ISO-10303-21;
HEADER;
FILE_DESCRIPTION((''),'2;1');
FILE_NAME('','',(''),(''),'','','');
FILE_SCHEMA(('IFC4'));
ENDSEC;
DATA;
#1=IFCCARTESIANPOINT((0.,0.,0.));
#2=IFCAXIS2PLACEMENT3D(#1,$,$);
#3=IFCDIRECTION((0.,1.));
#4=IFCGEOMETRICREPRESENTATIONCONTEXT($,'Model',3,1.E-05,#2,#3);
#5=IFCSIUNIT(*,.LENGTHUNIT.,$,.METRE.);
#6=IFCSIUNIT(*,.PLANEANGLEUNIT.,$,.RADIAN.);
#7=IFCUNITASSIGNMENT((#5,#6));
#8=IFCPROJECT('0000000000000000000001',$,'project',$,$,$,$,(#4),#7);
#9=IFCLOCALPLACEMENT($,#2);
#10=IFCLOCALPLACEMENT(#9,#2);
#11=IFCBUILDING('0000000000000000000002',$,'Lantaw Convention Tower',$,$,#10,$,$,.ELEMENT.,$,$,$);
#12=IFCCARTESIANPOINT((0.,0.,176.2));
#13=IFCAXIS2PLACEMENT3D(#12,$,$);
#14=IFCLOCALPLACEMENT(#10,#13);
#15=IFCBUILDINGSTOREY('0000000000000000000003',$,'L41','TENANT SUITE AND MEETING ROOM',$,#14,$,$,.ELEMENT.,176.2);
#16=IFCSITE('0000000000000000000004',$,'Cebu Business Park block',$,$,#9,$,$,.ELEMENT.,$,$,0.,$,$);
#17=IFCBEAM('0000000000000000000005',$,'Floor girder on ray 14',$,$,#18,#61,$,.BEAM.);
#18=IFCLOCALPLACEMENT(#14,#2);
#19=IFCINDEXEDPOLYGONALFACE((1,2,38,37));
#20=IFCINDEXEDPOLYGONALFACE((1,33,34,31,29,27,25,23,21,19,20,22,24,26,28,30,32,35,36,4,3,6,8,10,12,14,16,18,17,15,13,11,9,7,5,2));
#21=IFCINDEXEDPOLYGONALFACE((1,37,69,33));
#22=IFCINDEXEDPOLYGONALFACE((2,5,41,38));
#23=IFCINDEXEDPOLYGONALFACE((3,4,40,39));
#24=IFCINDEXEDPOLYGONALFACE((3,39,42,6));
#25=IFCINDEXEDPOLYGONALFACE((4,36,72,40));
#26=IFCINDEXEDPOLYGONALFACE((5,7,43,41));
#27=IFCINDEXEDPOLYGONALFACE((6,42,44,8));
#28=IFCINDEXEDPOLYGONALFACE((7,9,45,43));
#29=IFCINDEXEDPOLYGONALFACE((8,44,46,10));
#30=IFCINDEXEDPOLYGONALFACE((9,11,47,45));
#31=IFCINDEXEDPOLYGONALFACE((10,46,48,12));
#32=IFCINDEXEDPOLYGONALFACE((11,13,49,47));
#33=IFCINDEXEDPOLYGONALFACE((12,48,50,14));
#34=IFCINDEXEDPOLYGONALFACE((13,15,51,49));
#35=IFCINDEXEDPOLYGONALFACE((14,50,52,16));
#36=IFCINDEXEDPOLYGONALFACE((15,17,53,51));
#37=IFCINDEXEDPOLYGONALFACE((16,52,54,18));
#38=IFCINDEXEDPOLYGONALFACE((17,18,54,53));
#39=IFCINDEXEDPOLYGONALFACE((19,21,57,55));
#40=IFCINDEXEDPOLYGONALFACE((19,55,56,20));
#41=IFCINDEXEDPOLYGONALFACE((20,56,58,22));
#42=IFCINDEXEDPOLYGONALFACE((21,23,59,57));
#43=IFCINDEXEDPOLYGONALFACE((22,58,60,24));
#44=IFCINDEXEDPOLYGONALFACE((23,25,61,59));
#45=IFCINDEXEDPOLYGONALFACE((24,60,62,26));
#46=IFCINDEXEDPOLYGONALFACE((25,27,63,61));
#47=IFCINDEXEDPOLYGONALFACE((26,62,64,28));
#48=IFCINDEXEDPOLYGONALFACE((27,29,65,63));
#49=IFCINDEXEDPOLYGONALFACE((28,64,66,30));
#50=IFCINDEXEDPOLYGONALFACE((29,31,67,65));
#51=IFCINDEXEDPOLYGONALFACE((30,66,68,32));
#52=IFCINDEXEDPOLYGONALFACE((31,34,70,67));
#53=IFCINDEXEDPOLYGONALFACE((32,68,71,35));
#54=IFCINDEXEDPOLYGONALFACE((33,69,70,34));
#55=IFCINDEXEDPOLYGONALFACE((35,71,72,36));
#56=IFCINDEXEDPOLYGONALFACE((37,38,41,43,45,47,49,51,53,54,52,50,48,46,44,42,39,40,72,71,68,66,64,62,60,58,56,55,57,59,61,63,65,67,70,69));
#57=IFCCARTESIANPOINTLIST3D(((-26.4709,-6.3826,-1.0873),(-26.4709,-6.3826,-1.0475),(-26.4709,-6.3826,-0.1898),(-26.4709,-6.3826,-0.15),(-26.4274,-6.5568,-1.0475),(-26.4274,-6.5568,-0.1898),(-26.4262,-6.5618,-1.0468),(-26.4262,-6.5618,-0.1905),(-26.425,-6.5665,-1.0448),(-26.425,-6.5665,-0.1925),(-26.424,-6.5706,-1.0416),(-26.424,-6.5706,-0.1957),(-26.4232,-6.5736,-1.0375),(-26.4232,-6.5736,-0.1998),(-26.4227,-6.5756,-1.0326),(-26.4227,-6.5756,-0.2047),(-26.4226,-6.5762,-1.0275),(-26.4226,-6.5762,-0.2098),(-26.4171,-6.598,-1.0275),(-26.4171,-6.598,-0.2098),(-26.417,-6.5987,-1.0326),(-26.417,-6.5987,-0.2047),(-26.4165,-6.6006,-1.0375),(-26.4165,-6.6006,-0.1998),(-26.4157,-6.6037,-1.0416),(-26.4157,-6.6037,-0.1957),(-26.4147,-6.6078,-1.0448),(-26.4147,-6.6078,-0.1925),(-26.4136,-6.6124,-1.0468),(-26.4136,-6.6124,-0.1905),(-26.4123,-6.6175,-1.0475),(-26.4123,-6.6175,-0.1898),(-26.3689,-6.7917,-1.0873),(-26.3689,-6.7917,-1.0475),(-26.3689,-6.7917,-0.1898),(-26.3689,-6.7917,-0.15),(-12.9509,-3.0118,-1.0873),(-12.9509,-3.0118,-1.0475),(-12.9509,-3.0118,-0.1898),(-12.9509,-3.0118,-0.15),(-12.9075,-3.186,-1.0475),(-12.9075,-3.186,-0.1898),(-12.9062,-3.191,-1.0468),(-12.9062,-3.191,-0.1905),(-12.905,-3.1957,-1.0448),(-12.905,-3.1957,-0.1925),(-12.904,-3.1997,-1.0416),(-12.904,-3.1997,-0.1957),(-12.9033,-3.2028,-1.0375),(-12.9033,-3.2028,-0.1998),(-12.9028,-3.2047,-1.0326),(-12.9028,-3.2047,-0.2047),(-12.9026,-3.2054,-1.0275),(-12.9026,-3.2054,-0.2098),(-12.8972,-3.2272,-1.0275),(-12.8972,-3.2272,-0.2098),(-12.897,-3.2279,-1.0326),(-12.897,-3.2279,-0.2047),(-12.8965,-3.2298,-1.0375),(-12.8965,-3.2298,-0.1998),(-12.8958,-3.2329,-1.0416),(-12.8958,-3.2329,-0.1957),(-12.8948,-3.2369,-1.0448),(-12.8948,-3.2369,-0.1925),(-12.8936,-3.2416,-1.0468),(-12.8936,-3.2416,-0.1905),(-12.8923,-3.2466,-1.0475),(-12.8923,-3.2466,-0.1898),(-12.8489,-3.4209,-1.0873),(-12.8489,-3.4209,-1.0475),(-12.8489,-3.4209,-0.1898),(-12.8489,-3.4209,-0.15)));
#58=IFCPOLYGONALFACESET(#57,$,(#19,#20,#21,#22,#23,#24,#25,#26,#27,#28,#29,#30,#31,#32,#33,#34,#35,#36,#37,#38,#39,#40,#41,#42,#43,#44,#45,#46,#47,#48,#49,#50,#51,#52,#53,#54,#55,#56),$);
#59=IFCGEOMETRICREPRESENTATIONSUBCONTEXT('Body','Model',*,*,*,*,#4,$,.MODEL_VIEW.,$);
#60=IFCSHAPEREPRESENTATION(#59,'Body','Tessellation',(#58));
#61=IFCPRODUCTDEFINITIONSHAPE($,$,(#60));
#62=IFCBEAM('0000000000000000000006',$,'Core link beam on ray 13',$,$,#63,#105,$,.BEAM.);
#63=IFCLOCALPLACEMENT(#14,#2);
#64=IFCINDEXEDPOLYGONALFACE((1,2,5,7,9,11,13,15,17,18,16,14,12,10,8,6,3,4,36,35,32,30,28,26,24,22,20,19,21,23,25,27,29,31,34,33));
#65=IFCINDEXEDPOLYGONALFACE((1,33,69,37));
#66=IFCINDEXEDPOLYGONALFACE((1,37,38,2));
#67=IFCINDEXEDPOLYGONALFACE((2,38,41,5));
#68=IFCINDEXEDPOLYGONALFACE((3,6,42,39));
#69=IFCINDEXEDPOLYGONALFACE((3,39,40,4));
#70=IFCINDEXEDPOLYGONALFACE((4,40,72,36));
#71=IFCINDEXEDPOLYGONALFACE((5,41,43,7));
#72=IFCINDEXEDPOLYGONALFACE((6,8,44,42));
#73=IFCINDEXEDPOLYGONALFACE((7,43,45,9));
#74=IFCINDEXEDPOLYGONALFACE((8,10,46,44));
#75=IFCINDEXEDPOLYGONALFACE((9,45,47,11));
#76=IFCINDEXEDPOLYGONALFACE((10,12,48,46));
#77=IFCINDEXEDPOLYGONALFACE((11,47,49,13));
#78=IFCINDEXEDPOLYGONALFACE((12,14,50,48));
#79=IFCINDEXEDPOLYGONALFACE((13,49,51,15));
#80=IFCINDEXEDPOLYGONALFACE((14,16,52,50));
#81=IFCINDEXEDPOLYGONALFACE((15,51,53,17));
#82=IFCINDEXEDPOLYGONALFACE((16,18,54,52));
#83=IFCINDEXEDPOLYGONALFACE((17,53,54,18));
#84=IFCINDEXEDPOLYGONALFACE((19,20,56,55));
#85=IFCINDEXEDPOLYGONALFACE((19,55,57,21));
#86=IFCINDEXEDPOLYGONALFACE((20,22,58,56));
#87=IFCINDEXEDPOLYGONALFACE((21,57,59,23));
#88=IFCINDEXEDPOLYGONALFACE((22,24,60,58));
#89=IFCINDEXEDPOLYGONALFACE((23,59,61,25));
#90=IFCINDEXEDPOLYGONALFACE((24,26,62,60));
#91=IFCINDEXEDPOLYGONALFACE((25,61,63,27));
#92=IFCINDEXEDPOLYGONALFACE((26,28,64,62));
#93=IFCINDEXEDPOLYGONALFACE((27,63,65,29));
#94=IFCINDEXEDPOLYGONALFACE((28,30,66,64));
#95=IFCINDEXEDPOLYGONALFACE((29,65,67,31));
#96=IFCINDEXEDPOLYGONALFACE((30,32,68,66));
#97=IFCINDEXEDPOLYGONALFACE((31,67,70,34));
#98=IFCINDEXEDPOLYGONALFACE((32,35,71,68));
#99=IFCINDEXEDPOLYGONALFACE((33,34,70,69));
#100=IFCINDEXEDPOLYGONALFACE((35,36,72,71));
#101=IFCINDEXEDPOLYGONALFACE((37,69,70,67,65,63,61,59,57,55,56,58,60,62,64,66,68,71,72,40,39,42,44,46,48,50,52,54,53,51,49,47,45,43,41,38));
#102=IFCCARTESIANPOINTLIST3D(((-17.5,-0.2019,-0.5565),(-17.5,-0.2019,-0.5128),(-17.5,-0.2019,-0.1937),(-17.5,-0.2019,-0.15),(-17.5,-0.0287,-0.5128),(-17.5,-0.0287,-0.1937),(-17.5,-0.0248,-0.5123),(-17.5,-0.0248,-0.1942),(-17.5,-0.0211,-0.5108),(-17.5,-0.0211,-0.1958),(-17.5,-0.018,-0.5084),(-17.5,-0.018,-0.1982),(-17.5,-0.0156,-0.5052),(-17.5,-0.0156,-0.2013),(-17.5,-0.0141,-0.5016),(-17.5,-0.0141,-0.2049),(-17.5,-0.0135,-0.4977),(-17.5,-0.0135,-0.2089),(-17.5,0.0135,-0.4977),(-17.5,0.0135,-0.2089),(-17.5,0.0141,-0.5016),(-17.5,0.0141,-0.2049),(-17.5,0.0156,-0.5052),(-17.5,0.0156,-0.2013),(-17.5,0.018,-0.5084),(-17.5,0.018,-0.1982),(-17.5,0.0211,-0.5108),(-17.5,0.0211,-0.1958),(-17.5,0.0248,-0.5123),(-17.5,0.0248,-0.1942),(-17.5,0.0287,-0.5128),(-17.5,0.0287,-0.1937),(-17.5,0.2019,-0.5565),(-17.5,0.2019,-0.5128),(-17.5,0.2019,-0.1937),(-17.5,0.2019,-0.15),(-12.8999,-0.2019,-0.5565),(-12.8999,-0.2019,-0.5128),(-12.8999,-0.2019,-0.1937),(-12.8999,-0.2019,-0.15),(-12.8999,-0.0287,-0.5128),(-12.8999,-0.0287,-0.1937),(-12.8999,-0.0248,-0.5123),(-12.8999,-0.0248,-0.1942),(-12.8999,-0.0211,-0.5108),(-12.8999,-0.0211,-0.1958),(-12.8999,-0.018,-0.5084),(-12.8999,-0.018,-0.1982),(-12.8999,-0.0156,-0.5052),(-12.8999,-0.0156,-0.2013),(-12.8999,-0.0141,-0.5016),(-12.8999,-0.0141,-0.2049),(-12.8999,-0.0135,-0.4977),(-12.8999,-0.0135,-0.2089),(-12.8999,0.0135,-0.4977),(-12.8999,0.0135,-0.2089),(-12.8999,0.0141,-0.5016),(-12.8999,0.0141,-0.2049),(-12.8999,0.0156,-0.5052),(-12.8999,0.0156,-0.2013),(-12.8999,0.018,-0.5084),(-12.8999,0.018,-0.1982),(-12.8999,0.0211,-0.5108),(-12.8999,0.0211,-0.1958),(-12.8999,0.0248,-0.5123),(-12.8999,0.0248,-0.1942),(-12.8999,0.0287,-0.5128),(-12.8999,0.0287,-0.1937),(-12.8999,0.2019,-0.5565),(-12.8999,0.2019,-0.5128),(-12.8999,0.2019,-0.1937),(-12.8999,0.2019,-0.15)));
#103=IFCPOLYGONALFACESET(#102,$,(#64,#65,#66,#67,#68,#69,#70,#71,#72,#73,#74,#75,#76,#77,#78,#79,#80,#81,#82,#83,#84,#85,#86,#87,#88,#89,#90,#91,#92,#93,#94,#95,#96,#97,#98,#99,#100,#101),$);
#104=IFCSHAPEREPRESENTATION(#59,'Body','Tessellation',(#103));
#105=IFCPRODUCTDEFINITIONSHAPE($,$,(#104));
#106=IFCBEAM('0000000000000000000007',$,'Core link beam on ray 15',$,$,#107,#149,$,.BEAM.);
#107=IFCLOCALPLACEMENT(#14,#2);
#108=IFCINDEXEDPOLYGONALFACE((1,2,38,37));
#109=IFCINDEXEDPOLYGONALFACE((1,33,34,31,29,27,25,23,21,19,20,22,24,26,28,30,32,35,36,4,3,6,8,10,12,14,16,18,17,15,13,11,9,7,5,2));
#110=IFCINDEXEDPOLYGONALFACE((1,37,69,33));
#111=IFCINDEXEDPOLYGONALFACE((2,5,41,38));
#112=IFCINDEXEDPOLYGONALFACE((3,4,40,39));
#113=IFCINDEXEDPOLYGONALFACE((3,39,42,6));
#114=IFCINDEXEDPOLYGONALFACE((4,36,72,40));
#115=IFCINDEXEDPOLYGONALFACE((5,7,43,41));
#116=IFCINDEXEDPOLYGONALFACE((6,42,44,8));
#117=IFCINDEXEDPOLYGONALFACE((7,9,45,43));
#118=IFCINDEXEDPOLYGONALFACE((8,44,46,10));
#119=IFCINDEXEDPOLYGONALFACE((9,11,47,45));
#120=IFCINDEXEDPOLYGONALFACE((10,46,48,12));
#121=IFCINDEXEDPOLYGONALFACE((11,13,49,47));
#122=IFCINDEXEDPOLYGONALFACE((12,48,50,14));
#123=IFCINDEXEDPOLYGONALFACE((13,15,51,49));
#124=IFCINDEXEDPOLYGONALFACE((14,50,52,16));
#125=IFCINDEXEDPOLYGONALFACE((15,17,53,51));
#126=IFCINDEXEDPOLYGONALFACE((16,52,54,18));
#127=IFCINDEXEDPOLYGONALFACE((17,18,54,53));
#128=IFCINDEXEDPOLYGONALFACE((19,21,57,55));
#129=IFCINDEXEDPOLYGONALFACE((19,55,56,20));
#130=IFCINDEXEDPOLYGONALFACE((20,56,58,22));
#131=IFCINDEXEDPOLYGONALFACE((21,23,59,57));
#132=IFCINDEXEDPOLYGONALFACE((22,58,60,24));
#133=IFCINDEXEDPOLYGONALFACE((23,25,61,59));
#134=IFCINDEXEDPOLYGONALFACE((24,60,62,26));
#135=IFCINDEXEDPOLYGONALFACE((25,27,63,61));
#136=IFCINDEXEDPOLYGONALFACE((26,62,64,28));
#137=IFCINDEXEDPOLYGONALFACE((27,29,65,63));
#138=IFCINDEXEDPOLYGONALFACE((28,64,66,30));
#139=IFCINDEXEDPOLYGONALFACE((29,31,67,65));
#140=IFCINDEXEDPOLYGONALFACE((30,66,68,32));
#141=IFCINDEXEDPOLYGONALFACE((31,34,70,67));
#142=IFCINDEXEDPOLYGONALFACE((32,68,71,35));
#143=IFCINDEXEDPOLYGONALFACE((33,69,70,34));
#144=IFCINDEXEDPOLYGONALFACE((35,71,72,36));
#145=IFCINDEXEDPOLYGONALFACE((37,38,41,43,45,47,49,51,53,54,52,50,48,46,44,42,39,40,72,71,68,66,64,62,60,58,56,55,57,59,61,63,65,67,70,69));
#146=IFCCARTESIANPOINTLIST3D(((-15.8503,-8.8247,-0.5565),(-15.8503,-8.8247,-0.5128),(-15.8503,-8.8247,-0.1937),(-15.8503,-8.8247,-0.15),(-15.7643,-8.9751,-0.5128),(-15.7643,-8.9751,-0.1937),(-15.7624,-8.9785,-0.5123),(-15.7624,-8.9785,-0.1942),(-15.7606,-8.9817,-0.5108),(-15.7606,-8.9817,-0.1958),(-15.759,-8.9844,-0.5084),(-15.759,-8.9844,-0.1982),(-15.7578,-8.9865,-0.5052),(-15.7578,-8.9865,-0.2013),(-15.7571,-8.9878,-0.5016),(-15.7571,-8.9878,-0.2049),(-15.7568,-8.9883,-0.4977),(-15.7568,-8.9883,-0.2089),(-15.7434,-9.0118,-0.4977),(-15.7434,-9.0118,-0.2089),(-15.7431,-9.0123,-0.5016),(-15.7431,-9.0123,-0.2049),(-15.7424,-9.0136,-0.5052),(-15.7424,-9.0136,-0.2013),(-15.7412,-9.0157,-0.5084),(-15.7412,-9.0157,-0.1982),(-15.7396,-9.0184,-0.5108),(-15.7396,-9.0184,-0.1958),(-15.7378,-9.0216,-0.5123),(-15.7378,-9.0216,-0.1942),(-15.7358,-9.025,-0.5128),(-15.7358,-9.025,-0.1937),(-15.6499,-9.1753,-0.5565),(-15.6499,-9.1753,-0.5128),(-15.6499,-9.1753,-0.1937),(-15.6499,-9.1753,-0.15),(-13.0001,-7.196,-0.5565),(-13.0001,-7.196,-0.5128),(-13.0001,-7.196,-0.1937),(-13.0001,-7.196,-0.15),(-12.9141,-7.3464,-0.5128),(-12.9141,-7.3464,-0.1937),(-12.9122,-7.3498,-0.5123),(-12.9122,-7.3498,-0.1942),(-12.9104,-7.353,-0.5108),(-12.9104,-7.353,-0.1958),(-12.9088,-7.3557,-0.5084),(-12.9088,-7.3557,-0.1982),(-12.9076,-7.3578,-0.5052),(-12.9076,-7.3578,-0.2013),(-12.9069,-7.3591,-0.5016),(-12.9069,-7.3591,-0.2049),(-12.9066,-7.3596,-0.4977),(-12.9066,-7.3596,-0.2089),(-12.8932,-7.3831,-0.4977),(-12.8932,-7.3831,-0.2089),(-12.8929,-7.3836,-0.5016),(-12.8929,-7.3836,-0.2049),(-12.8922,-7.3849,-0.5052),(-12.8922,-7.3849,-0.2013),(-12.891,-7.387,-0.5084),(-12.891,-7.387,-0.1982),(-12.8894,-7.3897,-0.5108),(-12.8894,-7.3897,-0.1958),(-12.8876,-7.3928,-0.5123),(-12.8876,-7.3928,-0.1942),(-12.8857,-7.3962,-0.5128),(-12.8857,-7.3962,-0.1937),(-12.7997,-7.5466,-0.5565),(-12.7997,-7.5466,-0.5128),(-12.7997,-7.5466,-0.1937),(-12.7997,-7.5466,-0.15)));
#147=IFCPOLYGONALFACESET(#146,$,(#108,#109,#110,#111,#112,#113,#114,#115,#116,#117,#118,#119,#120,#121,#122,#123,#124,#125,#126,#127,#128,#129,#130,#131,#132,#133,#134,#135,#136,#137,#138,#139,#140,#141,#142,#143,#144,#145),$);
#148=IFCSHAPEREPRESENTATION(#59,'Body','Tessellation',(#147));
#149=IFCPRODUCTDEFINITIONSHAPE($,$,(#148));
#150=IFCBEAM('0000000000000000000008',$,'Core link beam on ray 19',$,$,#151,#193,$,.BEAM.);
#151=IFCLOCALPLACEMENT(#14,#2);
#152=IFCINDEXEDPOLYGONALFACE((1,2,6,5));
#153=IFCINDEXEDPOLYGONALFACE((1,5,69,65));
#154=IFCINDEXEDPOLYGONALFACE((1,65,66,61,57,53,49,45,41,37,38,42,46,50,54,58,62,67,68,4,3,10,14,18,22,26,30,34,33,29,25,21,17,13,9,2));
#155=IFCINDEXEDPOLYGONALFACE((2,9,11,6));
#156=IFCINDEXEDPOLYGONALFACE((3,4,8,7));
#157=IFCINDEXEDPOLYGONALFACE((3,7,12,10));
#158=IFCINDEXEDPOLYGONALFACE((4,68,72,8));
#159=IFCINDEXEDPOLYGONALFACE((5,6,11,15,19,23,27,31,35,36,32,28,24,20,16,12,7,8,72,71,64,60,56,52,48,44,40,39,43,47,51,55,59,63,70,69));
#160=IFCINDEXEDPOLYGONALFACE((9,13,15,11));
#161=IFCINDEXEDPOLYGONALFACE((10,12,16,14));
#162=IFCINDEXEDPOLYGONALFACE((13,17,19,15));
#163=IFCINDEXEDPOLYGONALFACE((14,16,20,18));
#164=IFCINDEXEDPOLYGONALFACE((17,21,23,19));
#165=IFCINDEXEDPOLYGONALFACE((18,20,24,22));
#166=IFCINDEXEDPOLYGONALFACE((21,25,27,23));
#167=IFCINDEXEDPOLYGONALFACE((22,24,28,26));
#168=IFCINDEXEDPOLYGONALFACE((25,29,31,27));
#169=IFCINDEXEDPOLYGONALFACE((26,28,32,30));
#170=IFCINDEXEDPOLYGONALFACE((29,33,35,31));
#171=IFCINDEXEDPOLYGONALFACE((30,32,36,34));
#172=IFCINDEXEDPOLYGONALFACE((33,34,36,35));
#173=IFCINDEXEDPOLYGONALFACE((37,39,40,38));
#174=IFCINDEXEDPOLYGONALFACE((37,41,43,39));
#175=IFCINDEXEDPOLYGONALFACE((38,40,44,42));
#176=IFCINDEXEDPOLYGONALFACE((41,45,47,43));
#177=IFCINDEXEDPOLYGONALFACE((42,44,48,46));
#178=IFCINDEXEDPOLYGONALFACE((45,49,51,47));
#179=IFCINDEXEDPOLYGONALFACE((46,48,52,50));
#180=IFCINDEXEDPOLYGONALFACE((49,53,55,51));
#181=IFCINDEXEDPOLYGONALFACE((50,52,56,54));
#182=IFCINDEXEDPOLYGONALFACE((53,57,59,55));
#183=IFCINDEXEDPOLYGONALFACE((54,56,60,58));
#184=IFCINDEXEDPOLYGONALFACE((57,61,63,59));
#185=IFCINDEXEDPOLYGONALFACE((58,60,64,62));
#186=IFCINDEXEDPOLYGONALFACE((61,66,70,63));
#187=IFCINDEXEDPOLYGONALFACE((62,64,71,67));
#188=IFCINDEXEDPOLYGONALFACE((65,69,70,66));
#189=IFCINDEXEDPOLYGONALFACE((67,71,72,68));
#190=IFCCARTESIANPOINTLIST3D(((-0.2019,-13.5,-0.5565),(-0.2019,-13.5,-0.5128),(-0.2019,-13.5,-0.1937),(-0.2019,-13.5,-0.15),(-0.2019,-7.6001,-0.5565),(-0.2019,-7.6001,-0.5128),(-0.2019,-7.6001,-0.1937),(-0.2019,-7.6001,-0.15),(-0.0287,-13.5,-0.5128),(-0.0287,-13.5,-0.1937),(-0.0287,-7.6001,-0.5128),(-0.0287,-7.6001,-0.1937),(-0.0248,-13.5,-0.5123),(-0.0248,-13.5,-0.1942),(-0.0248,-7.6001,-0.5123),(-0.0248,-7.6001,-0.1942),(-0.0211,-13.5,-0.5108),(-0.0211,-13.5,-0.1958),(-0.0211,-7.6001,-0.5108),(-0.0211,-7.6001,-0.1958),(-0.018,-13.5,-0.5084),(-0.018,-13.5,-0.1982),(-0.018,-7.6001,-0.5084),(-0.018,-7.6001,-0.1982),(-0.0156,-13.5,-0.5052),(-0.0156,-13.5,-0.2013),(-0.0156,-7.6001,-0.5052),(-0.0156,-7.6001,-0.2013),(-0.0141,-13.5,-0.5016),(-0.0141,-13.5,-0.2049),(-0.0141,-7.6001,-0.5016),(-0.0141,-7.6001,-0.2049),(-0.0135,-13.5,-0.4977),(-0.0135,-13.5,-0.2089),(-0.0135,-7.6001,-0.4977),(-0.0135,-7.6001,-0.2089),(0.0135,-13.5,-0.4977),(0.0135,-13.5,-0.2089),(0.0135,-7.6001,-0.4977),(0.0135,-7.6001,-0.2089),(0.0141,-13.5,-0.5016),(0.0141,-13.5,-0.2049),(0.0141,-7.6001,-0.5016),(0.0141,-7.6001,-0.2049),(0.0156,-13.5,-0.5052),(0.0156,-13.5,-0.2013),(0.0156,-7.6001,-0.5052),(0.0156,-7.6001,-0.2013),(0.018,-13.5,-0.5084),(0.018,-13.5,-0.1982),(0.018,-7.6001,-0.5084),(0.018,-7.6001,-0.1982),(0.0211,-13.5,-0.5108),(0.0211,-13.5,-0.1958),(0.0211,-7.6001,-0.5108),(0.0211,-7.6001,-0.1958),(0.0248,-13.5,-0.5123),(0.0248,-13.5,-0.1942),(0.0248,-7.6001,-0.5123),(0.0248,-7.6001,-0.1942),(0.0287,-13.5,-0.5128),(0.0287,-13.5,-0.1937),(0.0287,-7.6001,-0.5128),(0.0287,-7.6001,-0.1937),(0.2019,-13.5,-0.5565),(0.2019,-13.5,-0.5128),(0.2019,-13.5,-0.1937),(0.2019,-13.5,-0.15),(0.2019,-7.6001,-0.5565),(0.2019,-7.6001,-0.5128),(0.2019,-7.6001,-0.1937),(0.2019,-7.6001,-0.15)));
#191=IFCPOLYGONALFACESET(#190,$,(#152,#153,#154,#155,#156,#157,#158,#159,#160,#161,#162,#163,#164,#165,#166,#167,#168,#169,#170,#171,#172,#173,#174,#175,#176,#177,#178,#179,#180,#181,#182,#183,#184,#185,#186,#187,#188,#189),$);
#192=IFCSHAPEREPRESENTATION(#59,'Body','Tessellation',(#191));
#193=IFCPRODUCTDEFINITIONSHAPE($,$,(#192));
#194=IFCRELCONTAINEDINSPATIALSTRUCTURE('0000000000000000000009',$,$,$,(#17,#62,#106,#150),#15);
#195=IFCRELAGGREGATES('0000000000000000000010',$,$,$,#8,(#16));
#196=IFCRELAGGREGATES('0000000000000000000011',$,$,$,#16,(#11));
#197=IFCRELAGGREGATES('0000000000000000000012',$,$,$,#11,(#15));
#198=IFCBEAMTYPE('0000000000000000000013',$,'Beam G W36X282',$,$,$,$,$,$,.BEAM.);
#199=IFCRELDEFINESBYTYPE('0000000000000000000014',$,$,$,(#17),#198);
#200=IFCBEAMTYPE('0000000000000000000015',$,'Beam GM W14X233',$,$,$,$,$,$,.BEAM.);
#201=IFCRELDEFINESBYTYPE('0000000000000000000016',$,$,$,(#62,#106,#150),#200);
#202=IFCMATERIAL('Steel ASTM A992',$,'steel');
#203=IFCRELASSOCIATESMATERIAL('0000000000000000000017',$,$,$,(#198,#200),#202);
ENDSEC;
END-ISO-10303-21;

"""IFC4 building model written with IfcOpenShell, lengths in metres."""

from ifc_helpers import new_model, si_unit, direction, frame, origin, origin_2d, place, context, subcontext, project, spatial, i_section, extrude, material, material_profile, profile_set, type_object, element, save


model = new_model("IFC4")

# Units and contexts
model_context = context("Model", 3, precision=1e-05, world=origin(), true_north=direction((0.0, 1.0)))
body_context = subcontext(model_context, "Body", "Model", "MODEL_VIEW")
ifc_project = project(units=[si_unit("LENGTHUNIT", "METRE"), si_unit("PLANEANGLEUNIT", "RADIAN")], contexts=[model_context])

# Site, building, storey
site_placement = place(None, origin())
site = spatial("IfcSite", under=ifc_project, at=site_placement, Name="Cebu Business Park block", CompositionType="ELEMENT", RefElevation=0.0)
building_placement = place(site_placement, origin())
building = spatial("IfcBuilding", under=site, at=building_placement, Name="Lantaw Convention Tower", CompositionType="ELEMENT")
storey_placement = place(building_placement, frame((0.0, 0.0, 176.2)))
storey = spatial("IfcBuildingStorey", under=building, at=storey_placement, Name="L41", Description="TENANT SUITE AND MEETING ROOM", CompositionType="ELEMENT", Elevation=176.2)

# Beams
ifc_material_1 = material(Name="Steel ASTM A992", Category="steel")
ifc_material_profile_1 = material_profile(ifc_material_1, i_section(OverallWidth=0.4216, OverallDepth=0.9373, WebThickness=0.0225, FlangeThickness=0.0398, FilletRadius=0.02, at=origin_2d()), Name="W36X282")
ifc_profile_set_1 = profile_set([ifc_material_profile_1], Name="Steel ASTM A992")
beam_type_1 = type_object("IfcBeamType", Name="Beam G W36X282", PredefinedType="BEAM", material=ifc_profile_set_1)
beam_1_placement = place(storey_placement, frame((-12.8999, -3.2163, -0.6187), z_axis=(-0.970297, -0.241917, 0.0), x_axis=(0.241917, -0.970297, 0.0)))
element("IfcBeam", 1, at=beam_1_placement, inside=storey, type_object=beam_type_1, Name="Floor girder on ray 14", PredefinedType="BEAM", context=body_context, shape_type="SweptSolid", body=[
    extrude(i_section(OverallWidth=0.4216, OverallDepth=0.9373, WebThickness=0.0225, FlangeThickness=0.0398, FilletRadius=0.02, at=origin_2d()), origin(), (0.0, 0.0, 1.0), 13.9338),
])
ifc_material_profile_2 = material_profile(ifc_material_1, i_section(OverallWidth=0.4038, OverallDepth=0.4065, WebThickness=0.0271, FlangeThickness=0.0437, FilletRadius=0.0151, at=origin_2d()), Name="W14X233")
ifc_profile_set_2 = profile_set([ifc_material_profile_2], Name="Steel ASTM A992")
beam_type_2 = type_object("IfcBeamType", Name="Beam GM W14X233", PredefinedType="BEAM", material=ifc_profile_set_2)
beam_2_placement = place(storey_placement, frame((-12.8999, 0.0, -0.3533), z_axis=(-1.0, 0.0, 0.0), x_axis=(0.0, -1.0, 0.0)))
element("IfcBeam", 2, at=beam_2_placement, inside=storey, type_object=beam_type_2, Name="Core link beam on ray 13", PredefinedType="BEAM", context=body_context, shape_type="SweptSolid", body=[
    extrude(i_section(OverallWidth=0.4038, OverallDepth=0.4065, WebThickness=0.0271, FlangeThickness=0.0437, FilletRadius=0.0151, at=origin_2d()), origin(), (0.0, 0.0, 1.0), 4.6001),
])
beam_3_placement = place(storey_placement, frame((-12.8999, -7.3713, -0.3533), z_axis=(-0.868239, -0.496147, 0.0), x_axis=(0.496147, -0.868239, 0.0)))
element("IfcBeam", 3, at=beam_3_placement, inside=storey, type_object=beam_type_2, Name="Core link beam on ray 15", PredefinedType="BEAM", context=body_context, shape_type="SweptSolid", body=[
    extrude(i_section(OverallWidth=0.4038, OverallDepth=0.4065, WebThickness=0.0271, FlangeThickness=0.0437, FilletRadius=0.0151, at=origin_2d()), origin(), (0.0, 0.0, 1.0), 3.2827),
])
beam_4_placement = place(storey_placement, frame((0.0, -7.6001, -0.3533), z_axis=(0.0, -1.0, 0.0), x_axis=(1.0, 0.0, 0.0)))
element("IfcBeam", 4, at=beam_4_placement, inside=storey, type_object=beam_type_2, Name="Core link beam on ray 19", PredefinedType="BEAM", context=body_context, shape_type="SweptSolid", body=[
    extrude(i_section(OverallWidth=0.4038, OverallDepth=0.4065, WebThickness=0.0271, FlangeThickness=0.0437, FilletRadius=0.0151, at=origin_2d()), origin(), (0.0, 0.0, 1.0), 5.8999),
])

save(model, "model.ifc")
